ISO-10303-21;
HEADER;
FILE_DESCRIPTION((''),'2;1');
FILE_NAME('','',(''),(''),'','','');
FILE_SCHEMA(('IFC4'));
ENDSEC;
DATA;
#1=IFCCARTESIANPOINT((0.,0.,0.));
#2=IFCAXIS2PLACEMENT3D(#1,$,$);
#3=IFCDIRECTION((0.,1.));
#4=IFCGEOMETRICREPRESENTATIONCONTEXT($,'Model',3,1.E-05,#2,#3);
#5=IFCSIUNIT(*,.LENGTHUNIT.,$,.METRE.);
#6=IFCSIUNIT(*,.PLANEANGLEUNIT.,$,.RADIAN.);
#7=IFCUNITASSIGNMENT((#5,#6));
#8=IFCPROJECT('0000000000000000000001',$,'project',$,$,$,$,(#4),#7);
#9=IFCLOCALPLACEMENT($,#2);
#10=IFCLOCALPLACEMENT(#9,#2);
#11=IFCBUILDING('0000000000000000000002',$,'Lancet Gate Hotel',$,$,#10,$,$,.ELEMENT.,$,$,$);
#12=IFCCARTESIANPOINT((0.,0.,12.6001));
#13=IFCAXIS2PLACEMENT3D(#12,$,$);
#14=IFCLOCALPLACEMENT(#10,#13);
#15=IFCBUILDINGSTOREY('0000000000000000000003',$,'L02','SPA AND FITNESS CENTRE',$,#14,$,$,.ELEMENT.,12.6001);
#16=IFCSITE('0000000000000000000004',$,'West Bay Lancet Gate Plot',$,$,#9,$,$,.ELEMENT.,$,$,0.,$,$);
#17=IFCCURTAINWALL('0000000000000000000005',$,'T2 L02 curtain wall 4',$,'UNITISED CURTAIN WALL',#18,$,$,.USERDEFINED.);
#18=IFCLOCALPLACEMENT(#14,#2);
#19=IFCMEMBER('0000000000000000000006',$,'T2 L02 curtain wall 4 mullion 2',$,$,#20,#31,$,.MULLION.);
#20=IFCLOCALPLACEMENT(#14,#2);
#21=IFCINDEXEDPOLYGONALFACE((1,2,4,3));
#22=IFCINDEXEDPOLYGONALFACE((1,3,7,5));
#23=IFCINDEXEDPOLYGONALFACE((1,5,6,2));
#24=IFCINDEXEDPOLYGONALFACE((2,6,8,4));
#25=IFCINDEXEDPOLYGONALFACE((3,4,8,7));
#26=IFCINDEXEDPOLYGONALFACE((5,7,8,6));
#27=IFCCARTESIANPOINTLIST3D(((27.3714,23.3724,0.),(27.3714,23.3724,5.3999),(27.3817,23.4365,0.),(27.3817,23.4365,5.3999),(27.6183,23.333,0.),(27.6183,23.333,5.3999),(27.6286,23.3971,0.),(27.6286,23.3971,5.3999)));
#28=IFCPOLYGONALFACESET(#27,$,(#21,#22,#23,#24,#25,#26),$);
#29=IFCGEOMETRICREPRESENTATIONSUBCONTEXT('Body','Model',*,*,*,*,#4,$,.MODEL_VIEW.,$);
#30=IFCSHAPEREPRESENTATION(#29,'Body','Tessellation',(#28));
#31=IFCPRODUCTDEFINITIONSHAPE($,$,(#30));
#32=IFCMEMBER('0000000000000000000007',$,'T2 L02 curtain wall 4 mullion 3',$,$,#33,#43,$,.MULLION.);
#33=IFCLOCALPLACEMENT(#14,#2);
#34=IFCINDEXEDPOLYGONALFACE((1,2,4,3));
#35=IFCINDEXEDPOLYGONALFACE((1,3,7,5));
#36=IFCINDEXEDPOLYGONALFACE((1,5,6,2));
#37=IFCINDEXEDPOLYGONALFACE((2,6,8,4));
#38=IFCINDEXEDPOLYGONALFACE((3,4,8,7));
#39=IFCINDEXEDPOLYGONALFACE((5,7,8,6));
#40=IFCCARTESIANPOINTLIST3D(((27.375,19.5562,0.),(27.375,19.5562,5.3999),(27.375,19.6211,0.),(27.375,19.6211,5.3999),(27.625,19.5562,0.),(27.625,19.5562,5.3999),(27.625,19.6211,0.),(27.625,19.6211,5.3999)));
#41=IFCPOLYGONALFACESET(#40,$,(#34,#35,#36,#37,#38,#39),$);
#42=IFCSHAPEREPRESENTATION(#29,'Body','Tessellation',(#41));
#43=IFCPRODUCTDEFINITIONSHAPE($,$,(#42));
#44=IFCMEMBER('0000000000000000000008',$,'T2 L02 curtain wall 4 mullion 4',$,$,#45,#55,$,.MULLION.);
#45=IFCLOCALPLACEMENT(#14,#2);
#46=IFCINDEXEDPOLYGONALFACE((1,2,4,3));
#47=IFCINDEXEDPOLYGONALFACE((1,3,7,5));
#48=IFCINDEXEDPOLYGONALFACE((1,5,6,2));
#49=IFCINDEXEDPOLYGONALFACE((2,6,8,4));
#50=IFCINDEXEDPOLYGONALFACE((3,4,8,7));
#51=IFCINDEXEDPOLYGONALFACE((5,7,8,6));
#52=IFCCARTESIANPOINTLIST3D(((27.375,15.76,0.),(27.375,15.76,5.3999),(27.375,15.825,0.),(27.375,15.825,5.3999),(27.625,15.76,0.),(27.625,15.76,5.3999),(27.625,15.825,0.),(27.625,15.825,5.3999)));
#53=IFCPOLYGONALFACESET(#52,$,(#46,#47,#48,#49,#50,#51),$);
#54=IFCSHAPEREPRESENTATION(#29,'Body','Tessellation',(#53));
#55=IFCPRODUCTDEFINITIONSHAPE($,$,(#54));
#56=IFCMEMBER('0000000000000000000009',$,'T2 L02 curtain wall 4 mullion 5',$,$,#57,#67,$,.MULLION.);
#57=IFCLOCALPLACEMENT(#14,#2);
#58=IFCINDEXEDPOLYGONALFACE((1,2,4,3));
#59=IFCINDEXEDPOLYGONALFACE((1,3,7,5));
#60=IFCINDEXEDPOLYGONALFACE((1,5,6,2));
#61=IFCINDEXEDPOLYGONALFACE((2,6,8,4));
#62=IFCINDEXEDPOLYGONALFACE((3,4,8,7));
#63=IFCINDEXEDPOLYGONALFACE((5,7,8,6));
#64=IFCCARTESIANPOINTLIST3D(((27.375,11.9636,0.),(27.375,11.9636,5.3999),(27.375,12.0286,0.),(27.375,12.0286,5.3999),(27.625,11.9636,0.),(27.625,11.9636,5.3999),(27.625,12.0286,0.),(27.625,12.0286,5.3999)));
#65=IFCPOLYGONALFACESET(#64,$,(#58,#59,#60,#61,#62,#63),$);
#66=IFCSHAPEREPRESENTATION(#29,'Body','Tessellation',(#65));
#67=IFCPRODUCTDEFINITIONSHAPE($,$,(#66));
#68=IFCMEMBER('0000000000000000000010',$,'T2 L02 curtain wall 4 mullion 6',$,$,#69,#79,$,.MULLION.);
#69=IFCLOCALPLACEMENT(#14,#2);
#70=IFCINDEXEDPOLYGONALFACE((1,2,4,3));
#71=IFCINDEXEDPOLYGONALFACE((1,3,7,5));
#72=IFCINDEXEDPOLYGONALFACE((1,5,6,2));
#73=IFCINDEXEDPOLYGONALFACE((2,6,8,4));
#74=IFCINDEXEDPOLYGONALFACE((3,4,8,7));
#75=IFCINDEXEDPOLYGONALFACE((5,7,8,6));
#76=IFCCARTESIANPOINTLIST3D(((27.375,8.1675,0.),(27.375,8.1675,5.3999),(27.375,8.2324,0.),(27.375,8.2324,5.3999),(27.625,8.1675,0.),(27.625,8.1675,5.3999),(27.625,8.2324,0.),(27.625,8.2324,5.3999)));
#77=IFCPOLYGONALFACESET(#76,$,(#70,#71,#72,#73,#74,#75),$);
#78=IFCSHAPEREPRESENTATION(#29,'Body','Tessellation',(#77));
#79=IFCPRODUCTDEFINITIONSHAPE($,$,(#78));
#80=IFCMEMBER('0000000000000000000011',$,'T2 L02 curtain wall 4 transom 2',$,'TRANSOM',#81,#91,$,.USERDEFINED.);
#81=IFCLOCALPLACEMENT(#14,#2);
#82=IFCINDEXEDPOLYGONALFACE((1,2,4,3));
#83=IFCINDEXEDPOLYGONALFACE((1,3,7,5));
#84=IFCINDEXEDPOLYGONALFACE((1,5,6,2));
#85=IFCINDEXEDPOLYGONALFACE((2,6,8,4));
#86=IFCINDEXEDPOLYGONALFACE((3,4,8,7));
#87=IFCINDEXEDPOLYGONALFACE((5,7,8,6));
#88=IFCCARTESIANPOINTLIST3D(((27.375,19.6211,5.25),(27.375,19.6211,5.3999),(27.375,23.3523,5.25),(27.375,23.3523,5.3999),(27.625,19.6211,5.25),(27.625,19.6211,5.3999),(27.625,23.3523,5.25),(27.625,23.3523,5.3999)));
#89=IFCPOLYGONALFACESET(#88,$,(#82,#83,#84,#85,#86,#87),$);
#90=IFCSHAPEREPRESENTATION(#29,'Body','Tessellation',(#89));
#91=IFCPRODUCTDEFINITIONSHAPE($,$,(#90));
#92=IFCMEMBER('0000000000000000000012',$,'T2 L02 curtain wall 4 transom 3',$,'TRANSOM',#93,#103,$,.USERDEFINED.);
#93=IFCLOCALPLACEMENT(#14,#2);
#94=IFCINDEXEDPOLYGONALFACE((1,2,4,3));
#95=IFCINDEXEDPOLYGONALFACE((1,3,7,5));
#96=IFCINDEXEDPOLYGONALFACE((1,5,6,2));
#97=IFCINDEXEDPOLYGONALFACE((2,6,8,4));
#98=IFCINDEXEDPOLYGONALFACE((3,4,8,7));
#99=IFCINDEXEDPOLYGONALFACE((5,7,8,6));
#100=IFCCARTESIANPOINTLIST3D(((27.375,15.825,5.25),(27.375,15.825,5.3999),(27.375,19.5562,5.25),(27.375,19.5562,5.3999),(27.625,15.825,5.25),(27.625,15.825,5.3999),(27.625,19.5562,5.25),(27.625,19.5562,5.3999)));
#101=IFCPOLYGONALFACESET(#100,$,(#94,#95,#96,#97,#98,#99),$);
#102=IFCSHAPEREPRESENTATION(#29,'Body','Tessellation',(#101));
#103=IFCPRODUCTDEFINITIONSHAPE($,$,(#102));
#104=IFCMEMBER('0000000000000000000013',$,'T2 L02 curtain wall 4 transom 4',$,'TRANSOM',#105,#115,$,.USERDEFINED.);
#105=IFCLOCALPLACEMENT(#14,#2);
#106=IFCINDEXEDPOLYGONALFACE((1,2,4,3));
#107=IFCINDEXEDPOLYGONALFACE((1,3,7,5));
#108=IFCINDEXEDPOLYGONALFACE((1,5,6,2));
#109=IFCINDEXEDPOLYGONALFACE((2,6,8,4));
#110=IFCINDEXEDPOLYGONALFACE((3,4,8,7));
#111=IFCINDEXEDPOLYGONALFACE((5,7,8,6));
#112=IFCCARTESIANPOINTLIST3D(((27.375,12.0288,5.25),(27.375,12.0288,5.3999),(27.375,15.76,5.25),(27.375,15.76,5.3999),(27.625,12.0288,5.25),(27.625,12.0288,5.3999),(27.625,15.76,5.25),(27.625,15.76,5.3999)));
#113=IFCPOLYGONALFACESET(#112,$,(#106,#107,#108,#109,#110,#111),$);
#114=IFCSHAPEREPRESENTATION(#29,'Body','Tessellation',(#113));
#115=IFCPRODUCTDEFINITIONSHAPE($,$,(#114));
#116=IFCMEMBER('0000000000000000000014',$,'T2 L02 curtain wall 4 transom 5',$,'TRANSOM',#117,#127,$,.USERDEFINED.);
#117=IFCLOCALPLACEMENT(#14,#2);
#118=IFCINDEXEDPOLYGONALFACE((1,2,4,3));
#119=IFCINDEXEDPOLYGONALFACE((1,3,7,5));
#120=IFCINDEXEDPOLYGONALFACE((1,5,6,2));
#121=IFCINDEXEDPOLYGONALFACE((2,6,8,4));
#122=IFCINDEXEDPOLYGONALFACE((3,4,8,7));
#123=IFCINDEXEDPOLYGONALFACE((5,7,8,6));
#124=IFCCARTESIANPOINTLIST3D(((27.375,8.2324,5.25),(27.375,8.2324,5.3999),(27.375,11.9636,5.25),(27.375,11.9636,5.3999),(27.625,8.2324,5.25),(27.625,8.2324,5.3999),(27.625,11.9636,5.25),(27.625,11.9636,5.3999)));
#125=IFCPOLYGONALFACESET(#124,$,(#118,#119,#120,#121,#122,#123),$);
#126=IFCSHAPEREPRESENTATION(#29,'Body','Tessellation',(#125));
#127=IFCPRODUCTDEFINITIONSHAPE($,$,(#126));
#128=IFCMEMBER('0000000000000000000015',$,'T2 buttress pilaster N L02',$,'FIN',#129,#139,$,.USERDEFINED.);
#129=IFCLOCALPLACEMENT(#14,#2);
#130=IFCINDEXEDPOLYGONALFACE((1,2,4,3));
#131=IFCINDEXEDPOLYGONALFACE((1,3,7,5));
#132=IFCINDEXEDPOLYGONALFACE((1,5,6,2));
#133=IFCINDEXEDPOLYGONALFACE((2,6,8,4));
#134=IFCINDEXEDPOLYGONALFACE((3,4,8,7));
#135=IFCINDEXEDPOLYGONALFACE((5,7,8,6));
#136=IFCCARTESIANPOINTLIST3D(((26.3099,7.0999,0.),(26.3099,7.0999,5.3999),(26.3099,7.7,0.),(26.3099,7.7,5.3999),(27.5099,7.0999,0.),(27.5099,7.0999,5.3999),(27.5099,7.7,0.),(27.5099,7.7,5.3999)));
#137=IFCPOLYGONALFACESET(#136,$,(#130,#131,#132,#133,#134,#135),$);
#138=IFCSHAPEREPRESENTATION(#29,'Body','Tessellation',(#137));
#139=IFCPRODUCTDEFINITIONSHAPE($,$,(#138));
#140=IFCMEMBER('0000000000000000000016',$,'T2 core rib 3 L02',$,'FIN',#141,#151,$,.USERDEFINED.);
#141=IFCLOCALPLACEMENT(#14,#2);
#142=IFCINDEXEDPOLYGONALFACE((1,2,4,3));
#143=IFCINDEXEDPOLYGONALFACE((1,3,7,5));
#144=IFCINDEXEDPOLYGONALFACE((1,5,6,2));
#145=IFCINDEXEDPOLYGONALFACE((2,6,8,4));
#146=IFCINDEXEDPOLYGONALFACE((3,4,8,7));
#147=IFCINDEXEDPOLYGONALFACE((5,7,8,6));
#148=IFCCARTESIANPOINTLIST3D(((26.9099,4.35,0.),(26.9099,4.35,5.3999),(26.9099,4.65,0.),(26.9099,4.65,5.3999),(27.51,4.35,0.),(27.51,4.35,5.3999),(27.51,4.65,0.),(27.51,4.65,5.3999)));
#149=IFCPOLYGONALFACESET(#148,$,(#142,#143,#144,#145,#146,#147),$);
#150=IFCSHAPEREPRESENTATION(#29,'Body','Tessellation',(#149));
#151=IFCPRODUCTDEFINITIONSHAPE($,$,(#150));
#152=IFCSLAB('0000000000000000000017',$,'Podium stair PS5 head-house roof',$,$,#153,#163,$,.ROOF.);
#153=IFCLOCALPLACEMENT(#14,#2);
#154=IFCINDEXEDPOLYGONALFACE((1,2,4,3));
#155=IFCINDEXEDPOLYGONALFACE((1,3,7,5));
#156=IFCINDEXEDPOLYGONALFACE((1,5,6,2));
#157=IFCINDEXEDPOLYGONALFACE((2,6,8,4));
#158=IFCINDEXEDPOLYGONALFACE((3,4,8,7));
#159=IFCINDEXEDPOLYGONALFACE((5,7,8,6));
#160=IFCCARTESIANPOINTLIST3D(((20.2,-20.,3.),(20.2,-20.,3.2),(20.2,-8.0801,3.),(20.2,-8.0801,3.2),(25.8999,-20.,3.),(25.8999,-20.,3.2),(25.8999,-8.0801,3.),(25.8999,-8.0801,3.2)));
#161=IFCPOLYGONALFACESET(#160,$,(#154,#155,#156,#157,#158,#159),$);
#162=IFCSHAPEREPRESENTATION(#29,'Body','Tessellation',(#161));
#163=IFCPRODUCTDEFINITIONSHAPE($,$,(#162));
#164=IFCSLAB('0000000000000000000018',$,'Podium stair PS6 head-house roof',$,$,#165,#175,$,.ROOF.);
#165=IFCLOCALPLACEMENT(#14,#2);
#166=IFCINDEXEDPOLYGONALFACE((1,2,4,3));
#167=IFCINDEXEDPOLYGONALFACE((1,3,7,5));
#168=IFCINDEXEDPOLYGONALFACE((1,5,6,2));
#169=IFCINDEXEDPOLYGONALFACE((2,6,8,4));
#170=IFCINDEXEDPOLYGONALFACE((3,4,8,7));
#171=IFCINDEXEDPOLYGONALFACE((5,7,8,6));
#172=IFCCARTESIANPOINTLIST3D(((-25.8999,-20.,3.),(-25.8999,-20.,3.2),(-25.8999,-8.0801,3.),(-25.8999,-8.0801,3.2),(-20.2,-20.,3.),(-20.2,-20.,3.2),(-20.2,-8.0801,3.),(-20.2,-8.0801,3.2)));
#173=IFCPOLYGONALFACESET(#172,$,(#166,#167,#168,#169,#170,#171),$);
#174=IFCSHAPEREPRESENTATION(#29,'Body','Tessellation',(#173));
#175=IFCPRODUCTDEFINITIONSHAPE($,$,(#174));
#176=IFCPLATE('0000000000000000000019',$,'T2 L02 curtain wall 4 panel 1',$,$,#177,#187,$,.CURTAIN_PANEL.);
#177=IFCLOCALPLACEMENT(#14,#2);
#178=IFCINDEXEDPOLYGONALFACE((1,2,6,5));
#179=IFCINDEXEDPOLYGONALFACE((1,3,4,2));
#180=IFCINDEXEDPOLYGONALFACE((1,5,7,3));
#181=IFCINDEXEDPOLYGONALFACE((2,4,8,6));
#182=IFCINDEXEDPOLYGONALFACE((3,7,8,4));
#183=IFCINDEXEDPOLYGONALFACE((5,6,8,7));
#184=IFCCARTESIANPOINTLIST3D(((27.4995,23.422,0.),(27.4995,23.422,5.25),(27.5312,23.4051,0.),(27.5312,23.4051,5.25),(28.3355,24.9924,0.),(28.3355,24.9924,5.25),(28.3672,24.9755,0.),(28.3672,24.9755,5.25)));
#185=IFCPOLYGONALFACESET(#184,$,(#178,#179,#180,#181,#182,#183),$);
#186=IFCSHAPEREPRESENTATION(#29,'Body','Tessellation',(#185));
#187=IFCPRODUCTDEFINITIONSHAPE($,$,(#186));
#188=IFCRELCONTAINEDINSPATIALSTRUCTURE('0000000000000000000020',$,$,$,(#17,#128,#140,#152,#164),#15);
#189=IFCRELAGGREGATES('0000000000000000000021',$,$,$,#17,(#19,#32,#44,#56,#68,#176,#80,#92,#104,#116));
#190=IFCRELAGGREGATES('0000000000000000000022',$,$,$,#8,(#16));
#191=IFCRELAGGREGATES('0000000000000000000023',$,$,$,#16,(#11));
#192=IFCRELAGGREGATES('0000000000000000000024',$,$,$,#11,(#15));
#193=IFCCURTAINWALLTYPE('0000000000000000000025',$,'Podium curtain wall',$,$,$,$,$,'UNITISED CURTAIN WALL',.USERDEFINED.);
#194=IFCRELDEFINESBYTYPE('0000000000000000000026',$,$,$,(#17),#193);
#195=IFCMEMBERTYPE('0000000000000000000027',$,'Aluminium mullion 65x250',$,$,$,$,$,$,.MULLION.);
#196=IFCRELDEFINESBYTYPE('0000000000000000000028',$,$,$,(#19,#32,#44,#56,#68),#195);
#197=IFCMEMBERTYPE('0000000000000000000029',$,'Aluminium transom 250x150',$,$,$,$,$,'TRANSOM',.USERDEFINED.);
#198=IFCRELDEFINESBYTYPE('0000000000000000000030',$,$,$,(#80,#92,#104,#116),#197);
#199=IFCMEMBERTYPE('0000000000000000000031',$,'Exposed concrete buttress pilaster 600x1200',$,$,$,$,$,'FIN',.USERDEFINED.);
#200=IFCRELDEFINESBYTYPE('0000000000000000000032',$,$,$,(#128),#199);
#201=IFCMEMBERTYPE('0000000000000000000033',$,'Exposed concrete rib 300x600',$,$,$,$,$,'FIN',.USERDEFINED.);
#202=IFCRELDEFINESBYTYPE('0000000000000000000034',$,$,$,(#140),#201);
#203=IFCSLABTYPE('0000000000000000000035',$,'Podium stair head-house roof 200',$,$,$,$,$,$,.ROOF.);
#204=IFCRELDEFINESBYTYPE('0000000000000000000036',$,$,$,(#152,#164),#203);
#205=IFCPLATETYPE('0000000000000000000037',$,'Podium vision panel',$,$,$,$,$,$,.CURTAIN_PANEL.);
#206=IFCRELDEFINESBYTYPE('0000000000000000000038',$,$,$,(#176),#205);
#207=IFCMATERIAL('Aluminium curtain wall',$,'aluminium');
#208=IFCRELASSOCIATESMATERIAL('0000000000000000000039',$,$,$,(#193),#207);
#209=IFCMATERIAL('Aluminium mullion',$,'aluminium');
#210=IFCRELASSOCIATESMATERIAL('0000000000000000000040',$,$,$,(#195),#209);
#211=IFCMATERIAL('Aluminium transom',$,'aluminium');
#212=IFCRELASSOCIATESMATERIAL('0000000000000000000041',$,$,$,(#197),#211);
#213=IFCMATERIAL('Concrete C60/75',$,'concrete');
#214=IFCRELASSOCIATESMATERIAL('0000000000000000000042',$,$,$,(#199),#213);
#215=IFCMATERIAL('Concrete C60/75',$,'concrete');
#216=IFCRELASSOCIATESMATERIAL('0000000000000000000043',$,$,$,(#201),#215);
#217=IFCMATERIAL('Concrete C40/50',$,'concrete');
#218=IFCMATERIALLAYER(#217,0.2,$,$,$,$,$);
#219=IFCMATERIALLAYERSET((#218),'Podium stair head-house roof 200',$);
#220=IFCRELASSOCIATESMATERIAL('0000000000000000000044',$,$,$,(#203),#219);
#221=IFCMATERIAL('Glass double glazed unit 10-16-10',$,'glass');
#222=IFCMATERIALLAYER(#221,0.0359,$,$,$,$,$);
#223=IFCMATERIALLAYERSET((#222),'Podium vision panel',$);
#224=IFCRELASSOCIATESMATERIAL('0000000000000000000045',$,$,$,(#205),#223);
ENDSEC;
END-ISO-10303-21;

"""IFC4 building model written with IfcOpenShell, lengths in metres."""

from ifc_helpers import new_model, si_unit, direction, frame, origin, origin_2d, place, context, subcontext, project, spatial, polyline, rectangle, outline, extrude, material, layer, layer_set, material_profile, profile_set, type_object, element, aggregate, save


model = new_model("IFC4")

# Units and contexts
model_context = context("Model", 3, precision=1e-05, world=origin(), true_north=direction((0.0, 1.0)))
body_context = subcontext(model_context, "Body", "Model", "MODEL_VIEW")
ifc_project = project(units=[si_unit("LENGTHUNIT", "METRE"), si_unit("PLANEANGLEUNIT", "RADIAN")], contexts=[model_context])

# Site, building, storey
site_placement = place(None, origin())
site = spatial("IfcSite", under=ifc_project, at=site_placement, Name="West Bay Lancet Gate Plot", CompositionType="ELEMENT", RefElevation=0.0)
building_placement = place(site_placement, origin())
building = spatial("IfcBuilding", under=site, at=building_placement, Name="Lancet Gate Hotel", CompositionType="ELEMENT")
storey_placement = place(building_placement, frame((0.0, 0.0, 12.6001)))
storey = spatial("IfcBuildingStorey", under=building, at=storey_placement, Name="L02", Description="SPA AND FITNESS CENTRE", CompositionType="ELEMENT", Elevation=12.6001)

# Curtain wall, members
ifc_material_1 = material(Name="Aluminium curtain wall", Category="aluminium")
curtain_wall_type = type_object("IfcCurtainWallType", Name="Podium curtain wall", ElementType="UNITISED CURTAIN WALL", PredefinedType="USERDEFINED", material=ifc_material_1)
curtain_wall_placement = place(storey_placement, origin())
curtain_wall = element("IfcCurtainWall", 1, at=curtain_wall_placement, inside=storey, type_object=curtain_wall_type, Name="T2 L02 curtain wall 4", ObjectType="UNITISED CURTAIN WALL", PredefinedType="USERDEFINED")
ifc_material_2 = material(Name="Aluminium mullion", Category="aluminium")
ifc_material_profile_1 = material_profile(ifc_material_2, rectangle(XDim=0.0649, YDim=0.25, at=origin_2d()), Name="MULLION 65x250")
ifc_profile_set_1 = profile_set([ifc_material_profile_1], Name="Aluminium mullion")
member_type_1 = type_object("IfcMemberType", Name="Aluminium mullion 65x250", PredefinedType="MULLION", material=ifc_profile_set_1)
member_1_placement = place(storey_placement, frame((27.5, 23.3848, 0.0), z_axis=(0.0, 0.0, 1.0), x_axis=(-0.157752, -0.987479, 0.0)))
member_1 = element("IfcMember", 2, at=member_1_placement, type_object=member_type_1, Name="T2 L02 curtain wall 4 mullion 2", PredefinedType="MULLION", context=body_context, shape_type="SweptSolid", body=[
    extrude(rectangle(XDim=0.0649, YDim=0.25, at=origin_2d()), origin(), (0.0, 0.0, 1.0), 5.3999),
])
member_2_placement = place(storey_placement, frame((27.5, 19.5886, 0.0), z_axis=(0.0, 0.0, 1.0), x_axis=(0.0, -1.0, 0.0)))
member_2 = element("IfcMember", 3, at=member_2_placement, type_object=member_type_1, Name="T2 L02 curtain wall 4 mullion 3", PredefinedType="MULLION", context=body_context, shape_type="SweptSolid", body=[
    extrude(rectangle(XDim=0.0649, YDim=0.25, at=origin_2d()), origin(), (0.0, 0.0, 1.0), 5.3999),
])
member_3_placement = place(storey_placement, frame((27.5, 15.7925, 0.0), z_axis=(0.0, 0.0, 1.0), x_axis=(0.0, -1.0, 0.0)))
member_3 = element("IfcMember", 4, at=member_3_placement, type_object=member_type_1, Name="T2 L02 curtain wall 4 mullion 4", PredefinedType="MULLION", context=body_context, shape_type="SweptSolid", body=[
    extrude(rectangle(XDim=0.0649, YDim=0.25, at=origin_2d()), origin(), (0.0, 0.0, 1.0), 5.3999),
])
member_4_placement = place(storey_placement, frame((27.5, 11.9961, 0.0), z_axis=(0.0, 0.0, 1.0), x_axis=(0.0, -1.0, 0.0)))
member_4 = element("IfcMember", 5, at=member_4_placement, type_object=member_type_1, Name="T2 L02 curtain wall 4 mullion 5", PredefinedType="MULLION", context=body_context, shape_type="SweptSolid", body=[
    extrude(rectangle(XDim=0.0649, YDim=0.25, at=origin_2d()), origin(), (0.0, 0.0, 1.0), 5.3999),
])
member_5_placement = place(storey_placement, frame((27.5, 8.2, 0.0), z_axis=(0.0, 0.0, 1.0), x_axis=(0.0, -1.0, 0.0)))
member_5 = element("IfcMember", 6, at=member_5_placement, type_object=member_type_1, Name="T2 L02 curtain wall 4 mullion 6", PredefinedType="MULLION", context=body_context, shape_type="SweptSolid", body=[
    extrude(rectangle(XDim=0.0649, YDim=0.25, at=origin_2d()), origin(), (0.0, 0.0, 1.0), 5.3999),
])
ifc_material_3 = material(Name="Aluminium transom", Category="aluminium")
ifc_material_profile_2 = material_profile(ifc_material_3, rectangle(XDim=0.25, YDim=0.1499, at=origin_2d()), Name="TRANSOM 250x150")
ifc_profile_set_2 = profile_set([ifc_material_profile_2], Name="Aluminium transom")
member_type_2 = type_object("IfcMemberType", Name="Aluminium transom 250x150", ElementType="TRANSOM", PredefinedType="USERDEFINED", material=ifc_profile_set_2)
member_6_placement = place(storey_placement, frame((27.5, 23.3523, 5.325), z_axis=(0.0, -1.0, 0.0), x_axis=(1.0, 0.0, 0.0)))
member_6 = element("IfcMember", 7, at=member_6_placement, type_object=member_type_2, Name="T2 L02 curtain wall 4 transom 2", ObjectType="TRANSOM", PredefinedType="USERDEFINED", context=body_context, shape_type="SweptSolid", body=[
    extrude(rectangle(XDim=0.25, YDim=0.1499, at=origin_2d()), origin(), (0.0, 0.0, 1.0), 3.7312),
])
member_7_placement = place(storey_placement, frame((27.5, 19.5562, 5.325), z_axis=(0.0, -1.0, 0.0), x_axis=(1.0, 0.0, 0.0)))
member_7 = element("IfcMember", 8, at=member_7_placement, type_object=member_type_2, Name="T2 L02 curtain wall 4 transom 3", ObjectType="TRANSOM", PredefinedType="USERDEFINED", context=body_context, shape_type="SweptSolid", body=[
    extrude(rectangle(XDim=0.25, YDim=0.1499, at=origin_2d()), origin(), (0.0, 0.0, 1.0), 3.7312),
])
member_8_placement = place(storey_placement, frame((27.5, 15.76, 5.325), z_axis=(0.0, -1.0, 0.0), x_axis=(1.0, 0.0, 0.0)))
member_8 = element("IfcMember", 9, at=member_8_placement, type_object=member_type_2, Name="T2 L02 curtain wall 4 transom 4", ObjectType="TRANSOM", PredefinedType="USERDEFINED", context=body_context, shape_type="SweptSolid", body=[
    extrude(rectangle(XDim=0.25, YDim=0.1499, at=origin_2d()), origin(), (0.0, 0.0, 1.0), 3.7312),
])
member_9_placement = place(storey_placement, frame((27.5, 11.9636, 5.325), z_axis=(0.0, -1.0, 0.0), x_axis=(1.0, 0.0, 0.0)))
member_9 = element("IfcMember", 10, at=member_9_placement, type_object=member_type_2, Name="T2 L02 curtain wall 4 transom 5", ObjectType="TRANSOM", PredefinedType="USERDEFINED", context=body_context, shape_type="SweptSolid", body=[
    extrude(rectangle(XDim=0.25, YDim=0.1499, at=origin_2d()), origin(), (0.0, 0.0, 1.0), 3.7312),
])

# Members
ifc_material_4 = material(Name="Concrete C60/75", Category="concrete")
ifc_material_profile_3 = material_profile(ifc_material_4, rectangle(XDim=0.6001, YDim=1.2, at=origin_2d()), Name="FIN 600x1200")
ifc_profile_set_3 = profile_set([ifc_material_profile_3], Name="Concrete C60/75")
member_type_3 = type_object("IfcMemberType", Name="Exposed concrete buttress pilaster 600x1200", ElementType="FIN", PredefinedType="USERDEFINED", material=ifc_profile_set_3)
member_10_placement = place(storey_placement, frame((26.9099, 7.3999, 0.0), z_axis=(0.0, 0.0, 1.0), x_axis=(0.0, 1.0, 0.0)))
element("IfcMember", 11, at=member_10_placement, inside=storey, type_object=member_type_3, Name="T2 buttress pilaster N L02", ObjectType="FIN", PredefinedType="USERDEFINED", context=body_context, shape_type="SweptSolid", body=[
    extrude(rectangle(XDim=0.6001, YDim=1.2, at=origin_2d()), origin(), (0.0, 0.0, 1.0), 5.3999),
])
ifc_material_5 = material(Name="Concrete C60/75", Category="concrete")
ifc_material_profile_4 = material_profile(ifc_material_5, rectangle(XDim=0.3, YDim=0.6001, at=origin_2d()), Name="FIN 300x600")
ifc_profile_set_4 = profile_set([ifc_material_profile_4], Name="Concrete C60/75")
member_type_4 = type_object("IfcMemberType", Name="Exposed concrete rib 300x600", ElementType="FIN", PredefinedType="USERDEFINED", material=ifc_profile_set_4)
member_11_placement = place(storey_placement, frame((27.21, 4.5, 0.0), z_axis=(0.0, 0.0, 1.0), x_axis=(0.0, 1.0, 0.0)))
element("IfcMember", 12, at=member_11_placement, inside=storey, type_object=member_type_4, Name="T2 core rib 3 L02", ObjectType="FIN", PredefinedType="USERDEFINED", context=body_context, shape_type="SweptSolid", body=[
    extrude(rectangle(XDim=0.3, YDim=0.6001, at=origin_2d()), origin(), (0.0, 0.0, 1.0), 5.3999),
])

# Slabs
ifc_material_6 = material(Name="Concrete C40/50", Category="concrete")
ifc_layer_1 = layer(ifc_material_6, 0.2)
ifc_layer_set_1 = layer_set([ifc_layer_1], Name="Podium stair head-house roof 200")
slab_type_1 = type_object("IfcSlabType", Name="Podium stair head-house roof 200", PredefinedType="ROOF", material=ifc_layer_set_1)
slab_1_placement = place(storey_placement, frame((0.0, 0.0, 3.0)))
element("IfcSlab", 13, at=slab_1_placement, inside=storey, type_object=slab_type_1, Name="Podium stair PS5 head-house roof", PredefinedType="ROOF", context=body_context, shape_type="SweptSolid", body=[
    extrude(outline(polyline([(20.2, -20.0), (25.8999, -20.0), (25.8999, -8.0801), (20.2, -8.0801), (20.2, -20.0)])), origin(), (0.0, 0.0, 1.0), 0.2),
])
slab_2_placement = place(storey_placement, frame((0.0, 0.0, 3.0)))
element("IfcSlab", 14, at=slab_2_placement, inside=storey, type_object=slab_type_1, Name="Podium stair PS6 head-house roof", PredefinedType="ROOF", context=body_context, shape_type="SweptSolid", body=[
    extrude(outline(polyline([(-25.8999, -20.0), (-20.2, -20.0), (-20.2, -8.0801), (-25.8999, -8.0801), (-25.8999, -20.0)])), origin(), (0.0, 0.0, 1.0), 0.2),
])

# Plate
ifc_material_7 = material(Name="Glass double glazed unit 10-16-10", Category="glass")
ifc_layer_2 = layer(ifc_material_7, 0.0359)
ifc_layer_set_2 = layer_set([ifc_layer_2], Name="Podium vision panel")
plate_type = type_object("IfcPlateType", Name="Podium vision panel", PredefinedType="CURTAIN_PANEL", material=ifc_layer_set_2)
plate_1_placement = place(storey_placement, frame((27.9333, 24.1987, 0.0), z_axis=(0.0, 0.0, 1.0), x_axis=(-0.469898, -0.882721, 0.0)))
plate_1 = element("IfcPlate", 15, at=plate_1_placement, type_object=plate_type, Name="T2 L02 curtain wall 4 panel 1", PredefinedType="CURTAIN_PANEL", context=body_context, shape_type="SweptSolid", body=[
    extrude(rectangle(XDim=1.7791, YDim=0.0359, at=origin_2d()), origin(), (0.0, 0.0, 1.0), 5.25),
])
aggregate(curtain_wall, [member_1, member_2, member_3, member_4, member_5, plate_1, member_6, member_7, member_8, member_9])

save(model, "model.ifc")
